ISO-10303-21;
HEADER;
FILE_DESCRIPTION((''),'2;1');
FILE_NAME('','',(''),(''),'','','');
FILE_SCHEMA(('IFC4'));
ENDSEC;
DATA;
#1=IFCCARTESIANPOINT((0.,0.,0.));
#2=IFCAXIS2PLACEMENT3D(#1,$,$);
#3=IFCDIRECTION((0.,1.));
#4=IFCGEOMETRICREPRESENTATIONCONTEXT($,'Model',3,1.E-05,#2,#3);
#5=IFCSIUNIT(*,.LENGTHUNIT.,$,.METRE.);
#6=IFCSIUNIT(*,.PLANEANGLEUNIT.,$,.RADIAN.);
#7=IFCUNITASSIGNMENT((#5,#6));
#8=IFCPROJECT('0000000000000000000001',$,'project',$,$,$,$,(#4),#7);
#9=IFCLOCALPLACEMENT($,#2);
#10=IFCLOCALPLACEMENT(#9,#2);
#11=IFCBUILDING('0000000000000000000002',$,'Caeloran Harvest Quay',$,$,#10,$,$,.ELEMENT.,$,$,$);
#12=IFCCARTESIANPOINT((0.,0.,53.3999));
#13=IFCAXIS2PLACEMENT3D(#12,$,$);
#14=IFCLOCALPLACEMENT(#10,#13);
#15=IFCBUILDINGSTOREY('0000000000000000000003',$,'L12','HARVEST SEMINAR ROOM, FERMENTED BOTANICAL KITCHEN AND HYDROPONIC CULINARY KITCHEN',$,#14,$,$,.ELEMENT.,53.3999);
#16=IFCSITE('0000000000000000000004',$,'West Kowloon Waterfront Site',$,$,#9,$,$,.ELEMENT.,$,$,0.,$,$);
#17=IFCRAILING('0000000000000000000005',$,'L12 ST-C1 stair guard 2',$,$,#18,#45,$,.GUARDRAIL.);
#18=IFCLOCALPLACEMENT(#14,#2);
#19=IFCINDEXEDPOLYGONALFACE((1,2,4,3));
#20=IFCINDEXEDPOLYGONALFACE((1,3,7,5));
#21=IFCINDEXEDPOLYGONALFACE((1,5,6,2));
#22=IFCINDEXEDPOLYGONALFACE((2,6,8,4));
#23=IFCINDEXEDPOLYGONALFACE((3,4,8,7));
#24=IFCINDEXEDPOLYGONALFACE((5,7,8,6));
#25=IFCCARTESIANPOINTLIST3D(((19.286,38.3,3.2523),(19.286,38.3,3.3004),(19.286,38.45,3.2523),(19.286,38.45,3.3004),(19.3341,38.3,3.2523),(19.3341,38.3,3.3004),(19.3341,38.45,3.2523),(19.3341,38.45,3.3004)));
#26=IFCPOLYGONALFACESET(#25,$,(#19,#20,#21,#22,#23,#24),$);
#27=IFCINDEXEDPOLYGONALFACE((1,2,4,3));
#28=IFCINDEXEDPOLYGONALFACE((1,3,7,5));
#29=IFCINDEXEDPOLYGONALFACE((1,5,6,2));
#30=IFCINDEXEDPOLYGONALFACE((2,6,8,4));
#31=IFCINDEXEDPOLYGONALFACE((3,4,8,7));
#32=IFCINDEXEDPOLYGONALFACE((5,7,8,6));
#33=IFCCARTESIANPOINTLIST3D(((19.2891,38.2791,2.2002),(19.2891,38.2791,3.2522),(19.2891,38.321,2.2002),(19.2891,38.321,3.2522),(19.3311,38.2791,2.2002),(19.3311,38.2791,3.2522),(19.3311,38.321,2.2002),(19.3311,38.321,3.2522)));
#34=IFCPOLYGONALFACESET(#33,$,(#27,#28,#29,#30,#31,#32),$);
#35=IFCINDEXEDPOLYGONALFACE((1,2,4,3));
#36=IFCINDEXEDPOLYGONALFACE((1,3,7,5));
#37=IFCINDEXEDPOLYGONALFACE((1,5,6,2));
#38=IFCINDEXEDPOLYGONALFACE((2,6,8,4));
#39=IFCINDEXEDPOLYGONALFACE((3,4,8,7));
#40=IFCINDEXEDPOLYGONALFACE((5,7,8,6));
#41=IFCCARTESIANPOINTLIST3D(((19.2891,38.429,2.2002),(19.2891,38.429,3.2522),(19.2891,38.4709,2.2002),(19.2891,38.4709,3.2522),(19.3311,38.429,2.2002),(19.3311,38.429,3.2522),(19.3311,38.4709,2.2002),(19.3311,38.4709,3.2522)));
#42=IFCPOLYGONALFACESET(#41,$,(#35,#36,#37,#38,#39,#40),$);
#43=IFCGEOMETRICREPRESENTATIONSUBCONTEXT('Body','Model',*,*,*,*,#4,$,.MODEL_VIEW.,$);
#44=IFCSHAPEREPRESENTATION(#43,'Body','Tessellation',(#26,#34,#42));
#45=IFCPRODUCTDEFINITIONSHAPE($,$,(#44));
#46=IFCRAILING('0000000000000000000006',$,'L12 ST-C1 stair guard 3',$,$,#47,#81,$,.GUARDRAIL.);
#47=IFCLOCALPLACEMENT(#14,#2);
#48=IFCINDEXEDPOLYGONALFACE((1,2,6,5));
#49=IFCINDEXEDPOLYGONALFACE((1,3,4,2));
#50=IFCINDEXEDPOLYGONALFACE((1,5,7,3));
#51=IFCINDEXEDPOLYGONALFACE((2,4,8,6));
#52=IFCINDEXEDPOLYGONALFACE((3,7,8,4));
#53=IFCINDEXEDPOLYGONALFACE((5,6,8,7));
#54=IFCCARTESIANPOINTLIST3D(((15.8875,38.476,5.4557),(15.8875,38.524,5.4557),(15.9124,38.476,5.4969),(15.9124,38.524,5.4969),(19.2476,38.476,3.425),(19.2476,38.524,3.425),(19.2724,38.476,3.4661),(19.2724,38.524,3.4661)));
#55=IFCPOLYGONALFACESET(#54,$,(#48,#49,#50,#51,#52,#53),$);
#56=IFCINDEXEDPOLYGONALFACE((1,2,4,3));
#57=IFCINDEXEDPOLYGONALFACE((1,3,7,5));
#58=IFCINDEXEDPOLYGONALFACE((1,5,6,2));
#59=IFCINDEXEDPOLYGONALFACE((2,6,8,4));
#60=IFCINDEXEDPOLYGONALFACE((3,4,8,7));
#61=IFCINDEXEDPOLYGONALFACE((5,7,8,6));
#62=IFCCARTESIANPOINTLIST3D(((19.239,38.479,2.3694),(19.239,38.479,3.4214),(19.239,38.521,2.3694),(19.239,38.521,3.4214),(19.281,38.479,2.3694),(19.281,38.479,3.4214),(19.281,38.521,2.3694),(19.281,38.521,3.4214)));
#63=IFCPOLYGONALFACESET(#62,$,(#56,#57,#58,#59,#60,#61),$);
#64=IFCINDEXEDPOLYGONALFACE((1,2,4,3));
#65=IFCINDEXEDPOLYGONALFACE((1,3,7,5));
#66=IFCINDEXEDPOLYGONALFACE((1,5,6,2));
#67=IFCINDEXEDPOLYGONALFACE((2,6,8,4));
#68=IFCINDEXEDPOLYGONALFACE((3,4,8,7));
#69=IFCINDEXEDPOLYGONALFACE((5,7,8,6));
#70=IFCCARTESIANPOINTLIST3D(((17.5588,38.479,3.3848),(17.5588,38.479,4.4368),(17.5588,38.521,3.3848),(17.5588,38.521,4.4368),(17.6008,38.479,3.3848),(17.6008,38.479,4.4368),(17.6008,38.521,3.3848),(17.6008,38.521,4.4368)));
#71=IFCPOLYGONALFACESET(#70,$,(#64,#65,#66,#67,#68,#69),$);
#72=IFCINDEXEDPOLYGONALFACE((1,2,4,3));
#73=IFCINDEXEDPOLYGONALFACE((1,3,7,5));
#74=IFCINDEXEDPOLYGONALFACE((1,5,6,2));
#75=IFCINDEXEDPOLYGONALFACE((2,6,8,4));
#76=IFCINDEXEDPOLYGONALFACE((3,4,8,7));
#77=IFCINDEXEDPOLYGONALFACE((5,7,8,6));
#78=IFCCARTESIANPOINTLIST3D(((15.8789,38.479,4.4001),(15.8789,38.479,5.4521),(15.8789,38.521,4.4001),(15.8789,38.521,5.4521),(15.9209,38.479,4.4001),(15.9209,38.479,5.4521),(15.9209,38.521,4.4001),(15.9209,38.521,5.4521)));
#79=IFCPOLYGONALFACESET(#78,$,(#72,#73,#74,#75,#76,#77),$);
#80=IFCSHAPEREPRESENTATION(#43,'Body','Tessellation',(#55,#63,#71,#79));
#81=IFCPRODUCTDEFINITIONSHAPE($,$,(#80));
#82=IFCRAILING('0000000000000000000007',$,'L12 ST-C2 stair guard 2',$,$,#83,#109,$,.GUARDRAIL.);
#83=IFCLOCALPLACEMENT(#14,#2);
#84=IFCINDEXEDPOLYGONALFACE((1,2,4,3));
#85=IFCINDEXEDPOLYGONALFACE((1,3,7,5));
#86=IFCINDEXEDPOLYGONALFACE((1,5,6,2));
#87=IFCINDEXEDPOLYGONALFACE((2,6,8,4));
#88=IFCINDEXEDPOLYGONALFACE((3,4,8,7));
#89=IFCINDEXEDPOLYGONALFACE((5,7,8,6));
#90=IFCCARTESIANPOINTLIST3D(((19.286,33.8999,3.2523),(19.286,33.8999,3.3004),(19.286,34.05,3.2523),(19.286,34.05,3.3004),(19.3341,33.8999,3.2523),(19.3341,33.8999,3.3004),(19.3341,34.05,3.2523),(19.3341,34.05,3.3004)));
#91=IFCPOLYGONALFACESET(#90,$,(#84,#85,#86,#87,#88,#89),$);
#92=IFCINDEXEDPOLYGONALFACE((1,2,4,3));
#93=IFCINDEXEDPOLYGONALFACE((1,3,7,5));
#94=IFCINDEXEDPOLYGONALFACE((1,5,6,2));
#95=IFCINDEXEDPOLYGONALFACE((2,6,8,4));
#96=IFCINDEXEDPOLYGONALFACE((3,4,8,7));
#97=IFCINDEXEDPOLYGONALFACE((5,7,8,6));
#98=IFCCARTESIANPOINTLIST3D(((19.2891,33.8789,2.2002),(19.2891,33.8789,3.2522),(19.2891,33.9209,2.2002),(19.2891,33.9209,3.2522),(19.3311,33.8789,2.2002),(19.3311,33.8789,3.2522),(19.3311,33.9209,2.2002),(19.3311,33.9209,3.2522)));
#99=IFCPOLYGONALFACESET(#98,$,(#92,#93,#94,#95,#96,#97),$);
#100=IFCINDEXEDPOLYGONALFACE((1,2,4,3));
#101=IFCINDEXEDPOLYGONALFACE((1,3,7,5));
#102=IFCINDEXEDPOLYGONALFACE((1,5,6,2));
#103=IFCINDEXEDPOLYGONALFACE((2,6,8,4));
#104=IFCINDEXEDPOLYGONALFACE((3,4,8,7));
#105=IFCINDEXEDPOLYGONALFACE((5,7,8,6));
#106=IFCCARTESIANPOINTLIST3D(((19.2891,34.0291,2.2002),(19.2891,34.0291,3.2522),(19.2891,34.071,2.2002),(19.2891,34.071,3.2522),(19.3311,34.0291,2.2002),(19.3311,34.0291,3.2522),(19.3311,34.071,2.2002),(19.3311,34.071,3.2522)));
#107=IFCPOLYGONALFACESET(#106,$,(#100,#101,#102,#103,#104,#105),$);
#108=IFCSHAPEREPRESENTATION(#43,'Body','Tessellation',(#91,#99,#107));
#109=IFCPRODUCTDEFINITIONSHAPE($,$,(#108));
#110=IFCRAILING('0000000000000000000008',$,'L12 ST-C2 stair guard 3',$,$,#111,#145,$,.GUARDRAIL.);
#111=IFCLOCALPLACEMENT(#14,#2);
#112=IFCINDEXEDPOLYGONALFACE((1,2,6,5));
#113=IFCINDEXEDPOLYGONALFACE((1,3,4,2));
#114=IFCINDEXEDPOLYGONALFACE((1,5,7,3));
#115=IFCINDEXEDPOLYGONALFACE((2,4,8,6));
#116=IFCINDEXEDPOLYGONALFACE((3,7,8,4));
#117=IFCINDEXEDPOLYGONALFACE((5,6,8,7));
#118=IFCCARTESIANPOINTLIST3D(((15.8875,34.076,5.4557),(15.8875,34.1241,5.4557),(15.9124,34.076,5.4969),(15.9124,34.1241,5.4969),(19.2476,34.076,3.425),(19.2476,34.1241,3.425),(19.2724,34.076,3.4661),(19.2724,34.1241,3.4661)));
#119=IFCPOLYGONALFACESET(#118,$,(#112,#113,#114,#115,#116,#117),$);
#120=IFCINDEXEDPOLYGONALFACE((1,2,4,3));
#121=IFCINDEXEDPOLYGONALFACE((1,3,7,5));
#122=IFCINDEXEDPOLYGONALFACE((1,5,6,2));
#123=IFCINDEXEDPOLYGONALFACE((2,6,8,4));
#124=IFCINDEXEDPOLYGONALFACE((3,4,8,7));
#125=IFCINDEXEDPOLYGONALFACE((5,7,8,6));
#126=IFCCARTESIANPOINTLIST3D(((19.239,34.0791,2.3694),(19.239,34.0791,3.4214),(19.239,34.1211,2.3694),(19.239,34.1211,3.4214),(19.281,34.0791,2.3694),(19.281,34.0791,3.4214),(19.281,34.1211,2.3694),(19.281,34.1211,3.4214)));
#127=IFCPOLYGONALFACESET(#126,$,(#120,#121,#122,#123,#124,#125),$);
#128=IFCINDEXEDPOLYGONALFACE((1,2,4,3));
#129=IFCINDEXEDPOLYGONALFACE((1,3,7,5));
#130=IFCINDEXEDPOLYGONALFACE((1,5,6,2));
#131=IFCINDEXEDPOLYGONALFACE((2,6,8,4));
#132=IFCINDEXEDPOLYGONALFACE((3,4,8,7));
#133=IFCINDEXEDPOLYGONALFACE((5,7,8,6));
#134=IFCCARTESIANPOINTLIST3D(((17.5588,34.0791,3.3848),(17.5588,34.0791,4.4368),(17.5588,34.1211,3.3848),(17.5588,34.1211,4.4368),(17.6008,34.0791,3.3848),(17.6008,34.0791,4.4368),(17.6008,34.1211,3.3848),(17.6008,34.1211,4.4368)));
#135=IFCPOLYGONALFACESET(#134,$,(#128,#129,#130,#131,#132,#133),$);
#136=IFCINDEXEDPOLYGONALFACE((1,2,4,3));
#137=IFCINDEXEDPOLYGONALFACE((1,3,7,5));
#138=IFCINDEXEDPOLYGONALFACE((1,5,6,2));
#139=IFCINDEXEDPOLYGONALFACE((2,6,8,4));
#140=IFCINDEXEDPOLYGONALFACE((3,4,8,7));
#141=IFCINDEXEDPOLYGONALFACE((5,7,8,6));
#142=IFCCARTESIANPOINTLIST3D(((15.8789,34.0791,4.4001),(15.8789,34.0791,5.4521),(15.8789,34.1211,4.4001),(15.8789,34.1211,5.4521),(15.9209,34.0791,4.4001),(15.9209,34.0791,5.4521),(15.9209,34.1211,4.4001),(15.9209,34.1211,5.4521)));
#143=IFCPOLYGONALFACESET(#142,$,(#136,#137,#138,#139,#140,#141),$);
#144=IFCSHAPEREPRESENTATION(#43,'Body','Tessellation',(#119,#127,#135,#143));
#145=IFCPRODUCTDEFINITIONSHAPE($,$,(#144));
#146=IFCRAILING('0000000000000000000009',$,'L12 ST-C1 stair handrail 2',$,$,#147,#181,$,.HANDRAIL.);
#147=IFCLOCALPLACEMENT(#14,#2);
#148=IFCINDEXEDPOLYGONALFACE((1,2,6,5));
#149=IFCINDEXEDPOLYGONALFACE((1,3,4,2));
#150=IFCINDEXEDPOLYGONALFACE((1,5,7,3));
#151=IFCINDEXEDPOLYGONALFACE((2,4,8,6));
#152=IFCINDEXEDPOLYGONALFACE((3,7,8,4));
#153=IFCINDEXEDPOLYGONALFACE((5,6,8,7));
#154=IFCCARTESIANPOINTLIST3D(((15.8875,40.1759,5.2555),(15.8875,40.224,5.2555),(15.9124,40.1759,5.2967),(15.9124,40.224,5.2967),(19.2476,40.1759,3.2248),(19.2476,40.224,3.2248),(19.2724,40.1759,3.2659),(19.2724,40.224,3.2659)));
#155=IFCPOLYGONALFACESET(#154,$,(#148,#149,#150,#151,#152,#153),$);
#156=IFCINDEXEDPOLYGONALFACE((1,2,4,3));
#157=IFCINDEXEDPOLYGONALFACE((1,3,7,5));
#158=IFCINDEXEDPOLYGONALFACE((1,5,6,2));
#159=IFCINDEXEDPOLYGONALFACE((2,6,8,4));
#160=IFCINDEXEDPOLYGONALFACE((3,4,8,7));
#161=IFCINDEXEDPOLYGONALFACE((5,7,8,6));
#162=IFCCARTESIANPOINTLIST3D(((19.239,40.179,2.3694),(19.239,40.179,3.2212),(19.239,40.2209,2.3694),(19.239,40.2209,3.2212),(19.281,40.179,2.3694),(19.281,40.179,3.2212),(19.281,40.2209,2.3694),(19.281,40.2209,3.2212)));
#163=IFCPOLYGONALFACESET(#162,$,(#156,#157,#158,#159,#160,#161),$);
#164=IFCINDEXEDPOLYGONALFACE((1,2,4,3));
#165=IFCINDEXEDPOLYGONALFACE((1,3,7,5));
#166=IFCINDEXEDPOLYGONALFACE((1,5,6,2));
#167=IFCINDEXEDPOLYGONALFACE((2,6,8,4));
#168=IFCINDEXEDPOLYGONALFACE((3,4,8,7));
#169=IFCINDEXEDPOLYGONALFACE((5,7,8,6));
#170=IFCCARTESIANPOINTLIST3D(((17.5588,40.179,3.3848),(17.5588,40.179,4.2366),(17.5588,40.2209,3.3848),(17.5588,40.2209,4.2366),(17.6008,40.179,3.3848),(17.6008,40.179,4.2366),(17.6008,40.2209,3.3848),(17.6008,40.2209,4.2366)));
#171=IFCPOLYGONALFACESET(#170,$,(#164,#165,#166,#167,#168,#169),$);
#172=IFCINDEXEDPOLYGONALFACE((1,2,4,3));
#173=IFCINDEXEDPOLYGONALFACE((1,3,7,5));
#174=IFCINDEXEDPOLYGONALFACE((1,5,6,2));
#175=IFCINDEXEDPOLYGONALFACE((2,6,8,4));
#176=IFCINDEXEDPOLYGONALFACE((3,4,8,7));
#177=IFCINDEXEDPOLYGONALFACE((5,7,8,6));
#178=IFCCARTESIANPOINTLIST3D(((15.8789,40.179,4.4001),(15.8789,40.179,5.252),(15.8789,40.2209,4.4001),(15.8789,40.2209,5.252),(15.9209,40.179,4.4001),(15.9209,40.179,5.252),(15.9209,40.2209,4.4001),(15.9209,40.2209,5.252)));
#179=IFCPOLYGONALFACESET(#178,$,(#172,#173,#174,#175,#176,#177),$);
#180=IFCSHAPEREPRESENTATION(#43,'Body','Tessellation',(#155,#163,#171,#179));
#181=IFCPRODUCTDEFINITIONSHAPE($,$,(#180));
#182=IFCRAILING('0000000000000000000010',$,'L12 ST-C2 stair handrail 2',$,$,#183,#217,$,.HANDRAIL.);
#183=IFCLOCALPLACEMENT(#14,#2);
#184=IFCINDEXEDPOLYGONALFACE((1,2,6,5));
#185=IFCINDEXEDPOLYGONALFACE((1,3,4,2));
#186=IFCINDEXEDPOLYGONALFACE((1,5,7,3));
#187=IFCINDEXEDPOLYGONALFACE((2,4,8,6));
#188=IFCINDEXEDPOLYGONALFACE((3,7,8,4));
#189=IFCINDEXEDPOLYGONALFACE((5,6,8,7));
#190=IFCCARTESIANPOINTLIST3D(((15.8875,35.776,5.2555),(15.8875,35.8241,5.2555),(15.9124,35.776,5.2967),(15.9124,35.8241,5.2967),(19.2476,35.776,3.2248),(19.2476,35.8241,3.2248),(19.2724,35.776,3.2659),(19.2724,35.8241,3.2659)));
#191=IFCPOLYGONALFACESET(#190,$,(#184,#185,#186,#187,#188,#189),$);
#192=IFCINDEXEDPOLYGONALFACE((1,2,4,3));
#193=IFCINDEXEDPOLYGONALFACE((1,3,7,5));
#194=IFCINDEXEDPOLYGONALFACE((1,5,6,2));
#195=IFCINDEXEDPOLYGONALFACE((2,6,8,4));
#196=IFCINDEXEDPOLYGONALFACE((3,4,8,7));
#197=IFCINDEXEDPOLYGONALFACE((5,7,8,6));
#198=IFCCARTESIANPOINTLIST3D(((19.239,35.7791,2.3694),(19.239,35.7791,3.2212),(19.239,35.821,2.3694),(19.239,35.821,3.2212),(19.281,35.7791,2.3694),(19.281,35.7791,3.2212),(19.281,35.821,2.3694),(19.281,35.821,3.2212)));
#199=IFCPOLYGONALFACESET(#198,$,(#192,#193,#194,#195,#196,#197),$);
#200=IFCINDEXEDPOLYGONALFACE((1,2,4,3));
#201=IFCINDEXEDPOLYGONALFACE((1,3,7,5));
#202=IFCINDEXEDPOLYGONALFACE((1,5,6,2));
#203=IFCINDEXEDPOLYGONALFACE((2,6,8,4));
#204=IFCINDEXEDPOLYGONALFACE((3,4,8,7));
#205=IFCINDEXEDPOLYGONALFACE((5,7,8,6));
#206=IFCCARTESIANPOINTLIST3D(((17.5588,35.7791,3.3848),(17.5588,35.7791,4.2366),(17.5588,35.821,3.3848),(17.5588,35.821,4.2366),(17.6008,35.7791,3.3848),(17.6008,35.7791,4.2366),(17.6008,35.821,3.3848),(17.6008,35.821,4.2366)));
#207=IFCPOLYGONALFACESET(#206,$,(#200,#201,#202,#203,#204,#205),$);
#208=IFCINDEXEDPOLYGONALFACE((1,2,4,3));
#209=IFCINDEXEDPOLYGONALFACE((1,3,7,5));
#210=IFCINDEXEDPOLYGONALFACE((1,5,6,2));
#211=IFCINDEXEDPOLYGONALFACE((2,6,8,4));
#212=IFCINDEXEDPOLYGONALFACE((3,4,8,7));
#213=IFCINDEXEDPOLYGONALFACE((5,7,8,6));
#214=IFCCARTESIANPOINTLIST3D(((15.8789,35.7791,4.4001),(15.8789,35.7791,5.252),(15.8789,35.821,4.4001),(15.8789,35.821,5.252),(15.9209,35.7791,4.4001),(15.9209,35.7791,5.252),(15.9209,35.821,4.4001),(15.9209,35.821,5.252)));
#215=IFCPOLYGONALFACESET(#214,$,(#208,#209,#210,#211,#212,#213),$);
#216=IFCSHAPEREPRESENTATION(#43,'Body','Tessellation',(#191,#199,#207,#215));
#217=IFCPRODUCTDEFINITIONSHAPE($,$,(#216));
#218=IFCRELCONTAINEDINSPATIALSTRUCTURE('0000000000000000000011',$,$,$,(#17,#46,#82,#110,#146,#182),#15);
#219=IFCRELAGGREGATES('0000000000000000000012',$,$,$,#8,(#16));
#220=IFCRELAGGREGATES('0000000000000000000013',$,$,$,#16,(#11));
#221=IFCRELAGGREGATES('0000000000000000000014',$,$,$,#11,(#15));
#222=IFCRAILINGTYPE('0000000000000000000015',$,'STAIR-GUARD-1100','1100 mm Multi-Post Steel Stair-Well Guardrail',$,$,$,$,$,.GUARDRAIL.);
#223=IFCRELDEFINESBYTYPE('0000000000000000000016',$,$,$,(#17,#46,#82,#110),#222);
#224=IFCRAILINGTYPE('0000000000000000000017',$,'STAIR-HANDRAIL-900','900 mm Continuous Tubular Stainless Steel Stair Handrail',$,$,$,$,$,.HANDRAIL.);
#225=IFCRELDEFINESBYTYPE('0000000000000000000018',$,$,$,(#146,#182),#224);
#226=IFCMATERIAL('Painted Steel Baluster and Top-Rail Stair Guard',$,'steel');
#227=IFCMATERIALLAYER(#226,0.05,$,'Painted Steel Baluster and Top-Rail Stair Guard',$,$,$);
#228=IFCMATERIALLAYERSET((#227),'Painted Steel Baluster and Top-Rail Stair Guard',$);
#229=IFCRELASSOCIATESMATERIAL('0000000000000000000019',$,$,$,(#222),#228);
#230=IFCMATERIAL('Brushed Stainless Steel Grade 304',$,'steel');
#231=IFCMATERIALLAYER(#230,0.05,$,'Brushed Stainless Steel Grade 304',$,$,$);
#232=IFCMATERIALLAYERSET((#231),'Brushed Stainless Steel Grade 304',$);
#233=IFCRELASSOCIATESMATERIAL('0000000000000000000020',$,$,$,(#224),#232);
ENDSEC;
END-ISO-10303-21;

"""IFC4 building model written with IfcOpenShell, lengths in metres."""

from ifc_helpers import new_model, si_unit, direction, frame, origin, origin_2d, place, context, subcontext, project, spatial, rectangle, extrude, material, layer, layer_set, type_object, element, save


model = new_model("IFC4")

# Units and contexts
model_context = context("Model", 3, precision=1e-05, world=origin(), true_north=direction((0.0, 1.0)))
body_context = subcontext(model_context, "Body", "Model", "MODEL_VIEW")
ifc_project = project(units=[si_unit("LENGTHUNIT", "METRE"), si_unit("PLANEANGLEUNIT", "RADIAN")], contexts=[model_context])

# Site, building, storey
site_placement = place(None, origin())
site = spatial("IfcSite", under=ifc_project, at=site_placement, Name="West Kowloon Waterfront Site", CompositionType="ELEMENT", RefElevation=0.0)
building_placement = place(site_placement, origin())
building = spatial("IfcBuilding", under=site, at=building_placement, Name="Caeloran Harvest Quay", CompositionType="ELEMENT")
storey_placement = place(building_placement, frame((0.0, 0.0, 53.3999)))
storey = spatial("IfcBuildingStorey", under=building, at=storey_placement, Name="L12", Description="HARVEST SEMINAR ROOM, FERMENTED BOTANICAL KITCHEN AND HYDROPONIC CULINARY KITCHEN", CompositionType="ELEMENT", Elevation=53.3999)

# Railings
ifc_material_1 = material(Name="Painted Steel Baluster and Top-Rail Stair Guard", Category="steel")
ifc_layer_1 = layer(ifc_material_1, 0.05, Name="Painted Steel Baluster and Top-Rail Stair Guard")
ifc_layer_set_1 = layer_set([ifc_layer_1], Name="Painted Steel Baluster and Top-Rail Stair Guard")
railing_type_1 = type_object("IfcRailingType", Name="STAIR-GUARD-1100", Description="1100 mm Multi-Post Steel Stair-Well Guardrail", PredefinedType="GUARDRAIL", material=ifc_layer_set_1)
railing_1_placement = place(storey_placement, frame((19.3101, 38.3, 2.2002)))
element("IfcRailing", 1, at=railing_1_placement, inside=storey, type_object=railing_type_1, Name="L12 ST-C1 stair guard 2", PredefinedType="GUARDRAIL", context=body_context, shape_type="SweptSolid", body=[
    extrude(rectangle(XDim=0.0481, YDim=0.0481, at=origin_2d()), frame((0.0, 0.0, 1.0762), z_axis=(0.0, 1.0, 0.0), x_axis=(-1.0, 0.0, 0.0)), (0.0, 0.0, 1.0), 0.1499),
    extrude(rectangle(XDim=0.042, YDim=0.042, at=origin_2d()), origin(), (0.0, 0.0, 1.0), 1.052),
    extrude(rectangle(XDim=0.042, YDim=0.042, at=origin_2d()), frame((0.0, 0.1499, 0.0)), (0.0, 0.0, 1.0), 1.052),
])
railing_2_placement = place(storey_placement, frame((19.26, 38.5, 2.3694)))
element("IfcRailing", 2, at=railing_2_placement, inside=storey, type_object=railing_type_1, Name="L12 ST-C1 stair guard 3", PredefinedType="GUARDRAIL", context=body_context, shape_type="SweptSolid", body=[
    extrude(rectangle(XDim=0.0481, YDim=0.0481, at=origin_2d()), frame((0.0, 0.0, 1.0762), z_axis=(-0.855837, 0.0, 0.517246), x_axis=(0.0, -1.0, 0.0)), (0.0, 0.0, 1.0), 3.926),
    extrude(rectangle(XDim=0.042, YDim=0.042, at=origin_2d()), origin(), (0.0, 0.0, 1.0), 1.052),
    extrude(rectangle(XDim=0.042, YDim=0.042, at=origin_2d()), frame((-1.6802, 0.0, 1.0154)), (0.0, 0.0, 1.0), 1.052),
    extrude(rectangle(XDim=0.042, YDim=0.042, at=origin_2d()), frame((-3.3601, 0.0, 2.0308)), (0.0, 0.0, 1.0), 1.052),
])
railing_3_placement = place(storey_placement, frame((19.3101, 33.8999, 2.2002)))
element("IfcRailing", 3, at=railing_3_placement, inside=storey, type_object=railing_type_1, Name="L12 ST-C2 stair guard 2", PredefinedType="GUARDRAIL", context=body_context, shape_type="SweptSolid", body=[
    extrude(rectangle(XDim=0.0481, YDim=0.0481, at=origin_2d()), frame((0.0, 0.0, 1.0762), z_axis=(0.0, 1.0, 0.0), x_axis=(-1.0, 0.0, 0.0)), (0.0, 0.0, 1.0), 0.1501),
    extrude(rectangle(XDim=0.042, YDim=0.042, at=origin_2d()), origin(), (0.0, 0.0, 1.0), 1.052),
    extrude(rectangle(XDim=0.042, YDim=0.042, at=origin_2d()), frame((0.0, 0.1501, 0.0)), (0.0, 0.0, 1.0), 1.052),
])
railing_4_placement = place(storey_placement, frame((19.26, 34.1001, 2.3694)))
element("IfcRailing", 4, at=railing_4_placement, inside=storey, type_object=railing_type_1, Name="L12 ST-C2 stair guard 3", PredefinedType="GUARDRAIL", context=body_context, shape_type="SweptSolid", body=[
    extrude(rectangle(XDim=0.0481, YDim=0.0481, at=origin_2d()), frame((0.0, 0.0, 1.0762), z_axis=(-0.855837, 0.0, 0.517246), x_axis=(0.0, -1.0, 0.0)), (0.0, 0.0, 1.0), 3.926),
    extrude(rectangle(XDim=0.042, YDim=0.042, at=origin_2d()), origin(), (0.0, 0.0, 1.0), 1.052),
    extrude(rectangle(XDim=0.042, YDim=0.042, at=origin_2d()), frame((-1.6802, 0.0, 1.0154)), (0.0, 0.0, 1.0), 1.052),
    extrude(rectangle(XDim=0.042, YDim=0.042, at=origin_2d()), frame((-3.3601, 0.0, 2.0308)), (0.0, 0.0, 1.0), 1.052),
])
ifc_material_2 = material(Name="Brushed Stainless Steel Grade 304", Category="steel")
ifc_layer_2 = layer(ifc_material_2, 0.05, Name="Brushed Stainless Steel Grade 304")
ifc_layer_set_2 = layer_set([ifc_layer_2], Name="Brushed Stainless Steel Grade 304")
railing_type_2 = type_object("IfcRailingType", Name="STAIR-HANDRAIL-900", Description="900 mm Continuous Tubular Stainless Steel Stair Handrail", PredefinedType="HANDRAIL", material=ifc_layer_set_2)
for number, where, name in (
    (5, (19.26, 40.2, 2.3694), "L12 ST-C1 stair handrail 2"),
    (6, (19.26, 35.8, 2.3694), "L12 ST-C2 stair handrail 2"),
):
    element("IfcRailing", number, at=place(storey_placement, frame(where)), inside=storey, type_object=railing_type_2, Name=name, PredefinedType="HANDRAIL", context=body_context, shape_type="SweptSolid", body=[
        extrude(rectangle(XDim=0.0481, YDim=0.0481, at=origin_2d()), frame((0.0, 0.0, 0.876), z_axis=(-0.855837, 0.0, 0.517246), x_axis=(0.0, -1.0, 0.0)), (0.0, 0.0, 1.0), 3.926),
        extrude(rectangle(XDim=0.042, YDim=0.042, at=origin_2d()), origin(), (0.0, 0.0, 1.0), 0.8518),
        extrude(rectangle(XDim=0.042, YDim=0.042, at=origin_2d()), frame((-1.6802, 0.0, 1.0154)), (0.0, 0.0, 1.0), 0.8518),
        extrude(rectangle(XDim=0.042, YDim=0.042, at=origin_2d()), frame((-3.3601, 0.0, 2.0308)), (0.0, 0.0, 1.0), 0.8518),
    ])

save(model, "model.ifc")
